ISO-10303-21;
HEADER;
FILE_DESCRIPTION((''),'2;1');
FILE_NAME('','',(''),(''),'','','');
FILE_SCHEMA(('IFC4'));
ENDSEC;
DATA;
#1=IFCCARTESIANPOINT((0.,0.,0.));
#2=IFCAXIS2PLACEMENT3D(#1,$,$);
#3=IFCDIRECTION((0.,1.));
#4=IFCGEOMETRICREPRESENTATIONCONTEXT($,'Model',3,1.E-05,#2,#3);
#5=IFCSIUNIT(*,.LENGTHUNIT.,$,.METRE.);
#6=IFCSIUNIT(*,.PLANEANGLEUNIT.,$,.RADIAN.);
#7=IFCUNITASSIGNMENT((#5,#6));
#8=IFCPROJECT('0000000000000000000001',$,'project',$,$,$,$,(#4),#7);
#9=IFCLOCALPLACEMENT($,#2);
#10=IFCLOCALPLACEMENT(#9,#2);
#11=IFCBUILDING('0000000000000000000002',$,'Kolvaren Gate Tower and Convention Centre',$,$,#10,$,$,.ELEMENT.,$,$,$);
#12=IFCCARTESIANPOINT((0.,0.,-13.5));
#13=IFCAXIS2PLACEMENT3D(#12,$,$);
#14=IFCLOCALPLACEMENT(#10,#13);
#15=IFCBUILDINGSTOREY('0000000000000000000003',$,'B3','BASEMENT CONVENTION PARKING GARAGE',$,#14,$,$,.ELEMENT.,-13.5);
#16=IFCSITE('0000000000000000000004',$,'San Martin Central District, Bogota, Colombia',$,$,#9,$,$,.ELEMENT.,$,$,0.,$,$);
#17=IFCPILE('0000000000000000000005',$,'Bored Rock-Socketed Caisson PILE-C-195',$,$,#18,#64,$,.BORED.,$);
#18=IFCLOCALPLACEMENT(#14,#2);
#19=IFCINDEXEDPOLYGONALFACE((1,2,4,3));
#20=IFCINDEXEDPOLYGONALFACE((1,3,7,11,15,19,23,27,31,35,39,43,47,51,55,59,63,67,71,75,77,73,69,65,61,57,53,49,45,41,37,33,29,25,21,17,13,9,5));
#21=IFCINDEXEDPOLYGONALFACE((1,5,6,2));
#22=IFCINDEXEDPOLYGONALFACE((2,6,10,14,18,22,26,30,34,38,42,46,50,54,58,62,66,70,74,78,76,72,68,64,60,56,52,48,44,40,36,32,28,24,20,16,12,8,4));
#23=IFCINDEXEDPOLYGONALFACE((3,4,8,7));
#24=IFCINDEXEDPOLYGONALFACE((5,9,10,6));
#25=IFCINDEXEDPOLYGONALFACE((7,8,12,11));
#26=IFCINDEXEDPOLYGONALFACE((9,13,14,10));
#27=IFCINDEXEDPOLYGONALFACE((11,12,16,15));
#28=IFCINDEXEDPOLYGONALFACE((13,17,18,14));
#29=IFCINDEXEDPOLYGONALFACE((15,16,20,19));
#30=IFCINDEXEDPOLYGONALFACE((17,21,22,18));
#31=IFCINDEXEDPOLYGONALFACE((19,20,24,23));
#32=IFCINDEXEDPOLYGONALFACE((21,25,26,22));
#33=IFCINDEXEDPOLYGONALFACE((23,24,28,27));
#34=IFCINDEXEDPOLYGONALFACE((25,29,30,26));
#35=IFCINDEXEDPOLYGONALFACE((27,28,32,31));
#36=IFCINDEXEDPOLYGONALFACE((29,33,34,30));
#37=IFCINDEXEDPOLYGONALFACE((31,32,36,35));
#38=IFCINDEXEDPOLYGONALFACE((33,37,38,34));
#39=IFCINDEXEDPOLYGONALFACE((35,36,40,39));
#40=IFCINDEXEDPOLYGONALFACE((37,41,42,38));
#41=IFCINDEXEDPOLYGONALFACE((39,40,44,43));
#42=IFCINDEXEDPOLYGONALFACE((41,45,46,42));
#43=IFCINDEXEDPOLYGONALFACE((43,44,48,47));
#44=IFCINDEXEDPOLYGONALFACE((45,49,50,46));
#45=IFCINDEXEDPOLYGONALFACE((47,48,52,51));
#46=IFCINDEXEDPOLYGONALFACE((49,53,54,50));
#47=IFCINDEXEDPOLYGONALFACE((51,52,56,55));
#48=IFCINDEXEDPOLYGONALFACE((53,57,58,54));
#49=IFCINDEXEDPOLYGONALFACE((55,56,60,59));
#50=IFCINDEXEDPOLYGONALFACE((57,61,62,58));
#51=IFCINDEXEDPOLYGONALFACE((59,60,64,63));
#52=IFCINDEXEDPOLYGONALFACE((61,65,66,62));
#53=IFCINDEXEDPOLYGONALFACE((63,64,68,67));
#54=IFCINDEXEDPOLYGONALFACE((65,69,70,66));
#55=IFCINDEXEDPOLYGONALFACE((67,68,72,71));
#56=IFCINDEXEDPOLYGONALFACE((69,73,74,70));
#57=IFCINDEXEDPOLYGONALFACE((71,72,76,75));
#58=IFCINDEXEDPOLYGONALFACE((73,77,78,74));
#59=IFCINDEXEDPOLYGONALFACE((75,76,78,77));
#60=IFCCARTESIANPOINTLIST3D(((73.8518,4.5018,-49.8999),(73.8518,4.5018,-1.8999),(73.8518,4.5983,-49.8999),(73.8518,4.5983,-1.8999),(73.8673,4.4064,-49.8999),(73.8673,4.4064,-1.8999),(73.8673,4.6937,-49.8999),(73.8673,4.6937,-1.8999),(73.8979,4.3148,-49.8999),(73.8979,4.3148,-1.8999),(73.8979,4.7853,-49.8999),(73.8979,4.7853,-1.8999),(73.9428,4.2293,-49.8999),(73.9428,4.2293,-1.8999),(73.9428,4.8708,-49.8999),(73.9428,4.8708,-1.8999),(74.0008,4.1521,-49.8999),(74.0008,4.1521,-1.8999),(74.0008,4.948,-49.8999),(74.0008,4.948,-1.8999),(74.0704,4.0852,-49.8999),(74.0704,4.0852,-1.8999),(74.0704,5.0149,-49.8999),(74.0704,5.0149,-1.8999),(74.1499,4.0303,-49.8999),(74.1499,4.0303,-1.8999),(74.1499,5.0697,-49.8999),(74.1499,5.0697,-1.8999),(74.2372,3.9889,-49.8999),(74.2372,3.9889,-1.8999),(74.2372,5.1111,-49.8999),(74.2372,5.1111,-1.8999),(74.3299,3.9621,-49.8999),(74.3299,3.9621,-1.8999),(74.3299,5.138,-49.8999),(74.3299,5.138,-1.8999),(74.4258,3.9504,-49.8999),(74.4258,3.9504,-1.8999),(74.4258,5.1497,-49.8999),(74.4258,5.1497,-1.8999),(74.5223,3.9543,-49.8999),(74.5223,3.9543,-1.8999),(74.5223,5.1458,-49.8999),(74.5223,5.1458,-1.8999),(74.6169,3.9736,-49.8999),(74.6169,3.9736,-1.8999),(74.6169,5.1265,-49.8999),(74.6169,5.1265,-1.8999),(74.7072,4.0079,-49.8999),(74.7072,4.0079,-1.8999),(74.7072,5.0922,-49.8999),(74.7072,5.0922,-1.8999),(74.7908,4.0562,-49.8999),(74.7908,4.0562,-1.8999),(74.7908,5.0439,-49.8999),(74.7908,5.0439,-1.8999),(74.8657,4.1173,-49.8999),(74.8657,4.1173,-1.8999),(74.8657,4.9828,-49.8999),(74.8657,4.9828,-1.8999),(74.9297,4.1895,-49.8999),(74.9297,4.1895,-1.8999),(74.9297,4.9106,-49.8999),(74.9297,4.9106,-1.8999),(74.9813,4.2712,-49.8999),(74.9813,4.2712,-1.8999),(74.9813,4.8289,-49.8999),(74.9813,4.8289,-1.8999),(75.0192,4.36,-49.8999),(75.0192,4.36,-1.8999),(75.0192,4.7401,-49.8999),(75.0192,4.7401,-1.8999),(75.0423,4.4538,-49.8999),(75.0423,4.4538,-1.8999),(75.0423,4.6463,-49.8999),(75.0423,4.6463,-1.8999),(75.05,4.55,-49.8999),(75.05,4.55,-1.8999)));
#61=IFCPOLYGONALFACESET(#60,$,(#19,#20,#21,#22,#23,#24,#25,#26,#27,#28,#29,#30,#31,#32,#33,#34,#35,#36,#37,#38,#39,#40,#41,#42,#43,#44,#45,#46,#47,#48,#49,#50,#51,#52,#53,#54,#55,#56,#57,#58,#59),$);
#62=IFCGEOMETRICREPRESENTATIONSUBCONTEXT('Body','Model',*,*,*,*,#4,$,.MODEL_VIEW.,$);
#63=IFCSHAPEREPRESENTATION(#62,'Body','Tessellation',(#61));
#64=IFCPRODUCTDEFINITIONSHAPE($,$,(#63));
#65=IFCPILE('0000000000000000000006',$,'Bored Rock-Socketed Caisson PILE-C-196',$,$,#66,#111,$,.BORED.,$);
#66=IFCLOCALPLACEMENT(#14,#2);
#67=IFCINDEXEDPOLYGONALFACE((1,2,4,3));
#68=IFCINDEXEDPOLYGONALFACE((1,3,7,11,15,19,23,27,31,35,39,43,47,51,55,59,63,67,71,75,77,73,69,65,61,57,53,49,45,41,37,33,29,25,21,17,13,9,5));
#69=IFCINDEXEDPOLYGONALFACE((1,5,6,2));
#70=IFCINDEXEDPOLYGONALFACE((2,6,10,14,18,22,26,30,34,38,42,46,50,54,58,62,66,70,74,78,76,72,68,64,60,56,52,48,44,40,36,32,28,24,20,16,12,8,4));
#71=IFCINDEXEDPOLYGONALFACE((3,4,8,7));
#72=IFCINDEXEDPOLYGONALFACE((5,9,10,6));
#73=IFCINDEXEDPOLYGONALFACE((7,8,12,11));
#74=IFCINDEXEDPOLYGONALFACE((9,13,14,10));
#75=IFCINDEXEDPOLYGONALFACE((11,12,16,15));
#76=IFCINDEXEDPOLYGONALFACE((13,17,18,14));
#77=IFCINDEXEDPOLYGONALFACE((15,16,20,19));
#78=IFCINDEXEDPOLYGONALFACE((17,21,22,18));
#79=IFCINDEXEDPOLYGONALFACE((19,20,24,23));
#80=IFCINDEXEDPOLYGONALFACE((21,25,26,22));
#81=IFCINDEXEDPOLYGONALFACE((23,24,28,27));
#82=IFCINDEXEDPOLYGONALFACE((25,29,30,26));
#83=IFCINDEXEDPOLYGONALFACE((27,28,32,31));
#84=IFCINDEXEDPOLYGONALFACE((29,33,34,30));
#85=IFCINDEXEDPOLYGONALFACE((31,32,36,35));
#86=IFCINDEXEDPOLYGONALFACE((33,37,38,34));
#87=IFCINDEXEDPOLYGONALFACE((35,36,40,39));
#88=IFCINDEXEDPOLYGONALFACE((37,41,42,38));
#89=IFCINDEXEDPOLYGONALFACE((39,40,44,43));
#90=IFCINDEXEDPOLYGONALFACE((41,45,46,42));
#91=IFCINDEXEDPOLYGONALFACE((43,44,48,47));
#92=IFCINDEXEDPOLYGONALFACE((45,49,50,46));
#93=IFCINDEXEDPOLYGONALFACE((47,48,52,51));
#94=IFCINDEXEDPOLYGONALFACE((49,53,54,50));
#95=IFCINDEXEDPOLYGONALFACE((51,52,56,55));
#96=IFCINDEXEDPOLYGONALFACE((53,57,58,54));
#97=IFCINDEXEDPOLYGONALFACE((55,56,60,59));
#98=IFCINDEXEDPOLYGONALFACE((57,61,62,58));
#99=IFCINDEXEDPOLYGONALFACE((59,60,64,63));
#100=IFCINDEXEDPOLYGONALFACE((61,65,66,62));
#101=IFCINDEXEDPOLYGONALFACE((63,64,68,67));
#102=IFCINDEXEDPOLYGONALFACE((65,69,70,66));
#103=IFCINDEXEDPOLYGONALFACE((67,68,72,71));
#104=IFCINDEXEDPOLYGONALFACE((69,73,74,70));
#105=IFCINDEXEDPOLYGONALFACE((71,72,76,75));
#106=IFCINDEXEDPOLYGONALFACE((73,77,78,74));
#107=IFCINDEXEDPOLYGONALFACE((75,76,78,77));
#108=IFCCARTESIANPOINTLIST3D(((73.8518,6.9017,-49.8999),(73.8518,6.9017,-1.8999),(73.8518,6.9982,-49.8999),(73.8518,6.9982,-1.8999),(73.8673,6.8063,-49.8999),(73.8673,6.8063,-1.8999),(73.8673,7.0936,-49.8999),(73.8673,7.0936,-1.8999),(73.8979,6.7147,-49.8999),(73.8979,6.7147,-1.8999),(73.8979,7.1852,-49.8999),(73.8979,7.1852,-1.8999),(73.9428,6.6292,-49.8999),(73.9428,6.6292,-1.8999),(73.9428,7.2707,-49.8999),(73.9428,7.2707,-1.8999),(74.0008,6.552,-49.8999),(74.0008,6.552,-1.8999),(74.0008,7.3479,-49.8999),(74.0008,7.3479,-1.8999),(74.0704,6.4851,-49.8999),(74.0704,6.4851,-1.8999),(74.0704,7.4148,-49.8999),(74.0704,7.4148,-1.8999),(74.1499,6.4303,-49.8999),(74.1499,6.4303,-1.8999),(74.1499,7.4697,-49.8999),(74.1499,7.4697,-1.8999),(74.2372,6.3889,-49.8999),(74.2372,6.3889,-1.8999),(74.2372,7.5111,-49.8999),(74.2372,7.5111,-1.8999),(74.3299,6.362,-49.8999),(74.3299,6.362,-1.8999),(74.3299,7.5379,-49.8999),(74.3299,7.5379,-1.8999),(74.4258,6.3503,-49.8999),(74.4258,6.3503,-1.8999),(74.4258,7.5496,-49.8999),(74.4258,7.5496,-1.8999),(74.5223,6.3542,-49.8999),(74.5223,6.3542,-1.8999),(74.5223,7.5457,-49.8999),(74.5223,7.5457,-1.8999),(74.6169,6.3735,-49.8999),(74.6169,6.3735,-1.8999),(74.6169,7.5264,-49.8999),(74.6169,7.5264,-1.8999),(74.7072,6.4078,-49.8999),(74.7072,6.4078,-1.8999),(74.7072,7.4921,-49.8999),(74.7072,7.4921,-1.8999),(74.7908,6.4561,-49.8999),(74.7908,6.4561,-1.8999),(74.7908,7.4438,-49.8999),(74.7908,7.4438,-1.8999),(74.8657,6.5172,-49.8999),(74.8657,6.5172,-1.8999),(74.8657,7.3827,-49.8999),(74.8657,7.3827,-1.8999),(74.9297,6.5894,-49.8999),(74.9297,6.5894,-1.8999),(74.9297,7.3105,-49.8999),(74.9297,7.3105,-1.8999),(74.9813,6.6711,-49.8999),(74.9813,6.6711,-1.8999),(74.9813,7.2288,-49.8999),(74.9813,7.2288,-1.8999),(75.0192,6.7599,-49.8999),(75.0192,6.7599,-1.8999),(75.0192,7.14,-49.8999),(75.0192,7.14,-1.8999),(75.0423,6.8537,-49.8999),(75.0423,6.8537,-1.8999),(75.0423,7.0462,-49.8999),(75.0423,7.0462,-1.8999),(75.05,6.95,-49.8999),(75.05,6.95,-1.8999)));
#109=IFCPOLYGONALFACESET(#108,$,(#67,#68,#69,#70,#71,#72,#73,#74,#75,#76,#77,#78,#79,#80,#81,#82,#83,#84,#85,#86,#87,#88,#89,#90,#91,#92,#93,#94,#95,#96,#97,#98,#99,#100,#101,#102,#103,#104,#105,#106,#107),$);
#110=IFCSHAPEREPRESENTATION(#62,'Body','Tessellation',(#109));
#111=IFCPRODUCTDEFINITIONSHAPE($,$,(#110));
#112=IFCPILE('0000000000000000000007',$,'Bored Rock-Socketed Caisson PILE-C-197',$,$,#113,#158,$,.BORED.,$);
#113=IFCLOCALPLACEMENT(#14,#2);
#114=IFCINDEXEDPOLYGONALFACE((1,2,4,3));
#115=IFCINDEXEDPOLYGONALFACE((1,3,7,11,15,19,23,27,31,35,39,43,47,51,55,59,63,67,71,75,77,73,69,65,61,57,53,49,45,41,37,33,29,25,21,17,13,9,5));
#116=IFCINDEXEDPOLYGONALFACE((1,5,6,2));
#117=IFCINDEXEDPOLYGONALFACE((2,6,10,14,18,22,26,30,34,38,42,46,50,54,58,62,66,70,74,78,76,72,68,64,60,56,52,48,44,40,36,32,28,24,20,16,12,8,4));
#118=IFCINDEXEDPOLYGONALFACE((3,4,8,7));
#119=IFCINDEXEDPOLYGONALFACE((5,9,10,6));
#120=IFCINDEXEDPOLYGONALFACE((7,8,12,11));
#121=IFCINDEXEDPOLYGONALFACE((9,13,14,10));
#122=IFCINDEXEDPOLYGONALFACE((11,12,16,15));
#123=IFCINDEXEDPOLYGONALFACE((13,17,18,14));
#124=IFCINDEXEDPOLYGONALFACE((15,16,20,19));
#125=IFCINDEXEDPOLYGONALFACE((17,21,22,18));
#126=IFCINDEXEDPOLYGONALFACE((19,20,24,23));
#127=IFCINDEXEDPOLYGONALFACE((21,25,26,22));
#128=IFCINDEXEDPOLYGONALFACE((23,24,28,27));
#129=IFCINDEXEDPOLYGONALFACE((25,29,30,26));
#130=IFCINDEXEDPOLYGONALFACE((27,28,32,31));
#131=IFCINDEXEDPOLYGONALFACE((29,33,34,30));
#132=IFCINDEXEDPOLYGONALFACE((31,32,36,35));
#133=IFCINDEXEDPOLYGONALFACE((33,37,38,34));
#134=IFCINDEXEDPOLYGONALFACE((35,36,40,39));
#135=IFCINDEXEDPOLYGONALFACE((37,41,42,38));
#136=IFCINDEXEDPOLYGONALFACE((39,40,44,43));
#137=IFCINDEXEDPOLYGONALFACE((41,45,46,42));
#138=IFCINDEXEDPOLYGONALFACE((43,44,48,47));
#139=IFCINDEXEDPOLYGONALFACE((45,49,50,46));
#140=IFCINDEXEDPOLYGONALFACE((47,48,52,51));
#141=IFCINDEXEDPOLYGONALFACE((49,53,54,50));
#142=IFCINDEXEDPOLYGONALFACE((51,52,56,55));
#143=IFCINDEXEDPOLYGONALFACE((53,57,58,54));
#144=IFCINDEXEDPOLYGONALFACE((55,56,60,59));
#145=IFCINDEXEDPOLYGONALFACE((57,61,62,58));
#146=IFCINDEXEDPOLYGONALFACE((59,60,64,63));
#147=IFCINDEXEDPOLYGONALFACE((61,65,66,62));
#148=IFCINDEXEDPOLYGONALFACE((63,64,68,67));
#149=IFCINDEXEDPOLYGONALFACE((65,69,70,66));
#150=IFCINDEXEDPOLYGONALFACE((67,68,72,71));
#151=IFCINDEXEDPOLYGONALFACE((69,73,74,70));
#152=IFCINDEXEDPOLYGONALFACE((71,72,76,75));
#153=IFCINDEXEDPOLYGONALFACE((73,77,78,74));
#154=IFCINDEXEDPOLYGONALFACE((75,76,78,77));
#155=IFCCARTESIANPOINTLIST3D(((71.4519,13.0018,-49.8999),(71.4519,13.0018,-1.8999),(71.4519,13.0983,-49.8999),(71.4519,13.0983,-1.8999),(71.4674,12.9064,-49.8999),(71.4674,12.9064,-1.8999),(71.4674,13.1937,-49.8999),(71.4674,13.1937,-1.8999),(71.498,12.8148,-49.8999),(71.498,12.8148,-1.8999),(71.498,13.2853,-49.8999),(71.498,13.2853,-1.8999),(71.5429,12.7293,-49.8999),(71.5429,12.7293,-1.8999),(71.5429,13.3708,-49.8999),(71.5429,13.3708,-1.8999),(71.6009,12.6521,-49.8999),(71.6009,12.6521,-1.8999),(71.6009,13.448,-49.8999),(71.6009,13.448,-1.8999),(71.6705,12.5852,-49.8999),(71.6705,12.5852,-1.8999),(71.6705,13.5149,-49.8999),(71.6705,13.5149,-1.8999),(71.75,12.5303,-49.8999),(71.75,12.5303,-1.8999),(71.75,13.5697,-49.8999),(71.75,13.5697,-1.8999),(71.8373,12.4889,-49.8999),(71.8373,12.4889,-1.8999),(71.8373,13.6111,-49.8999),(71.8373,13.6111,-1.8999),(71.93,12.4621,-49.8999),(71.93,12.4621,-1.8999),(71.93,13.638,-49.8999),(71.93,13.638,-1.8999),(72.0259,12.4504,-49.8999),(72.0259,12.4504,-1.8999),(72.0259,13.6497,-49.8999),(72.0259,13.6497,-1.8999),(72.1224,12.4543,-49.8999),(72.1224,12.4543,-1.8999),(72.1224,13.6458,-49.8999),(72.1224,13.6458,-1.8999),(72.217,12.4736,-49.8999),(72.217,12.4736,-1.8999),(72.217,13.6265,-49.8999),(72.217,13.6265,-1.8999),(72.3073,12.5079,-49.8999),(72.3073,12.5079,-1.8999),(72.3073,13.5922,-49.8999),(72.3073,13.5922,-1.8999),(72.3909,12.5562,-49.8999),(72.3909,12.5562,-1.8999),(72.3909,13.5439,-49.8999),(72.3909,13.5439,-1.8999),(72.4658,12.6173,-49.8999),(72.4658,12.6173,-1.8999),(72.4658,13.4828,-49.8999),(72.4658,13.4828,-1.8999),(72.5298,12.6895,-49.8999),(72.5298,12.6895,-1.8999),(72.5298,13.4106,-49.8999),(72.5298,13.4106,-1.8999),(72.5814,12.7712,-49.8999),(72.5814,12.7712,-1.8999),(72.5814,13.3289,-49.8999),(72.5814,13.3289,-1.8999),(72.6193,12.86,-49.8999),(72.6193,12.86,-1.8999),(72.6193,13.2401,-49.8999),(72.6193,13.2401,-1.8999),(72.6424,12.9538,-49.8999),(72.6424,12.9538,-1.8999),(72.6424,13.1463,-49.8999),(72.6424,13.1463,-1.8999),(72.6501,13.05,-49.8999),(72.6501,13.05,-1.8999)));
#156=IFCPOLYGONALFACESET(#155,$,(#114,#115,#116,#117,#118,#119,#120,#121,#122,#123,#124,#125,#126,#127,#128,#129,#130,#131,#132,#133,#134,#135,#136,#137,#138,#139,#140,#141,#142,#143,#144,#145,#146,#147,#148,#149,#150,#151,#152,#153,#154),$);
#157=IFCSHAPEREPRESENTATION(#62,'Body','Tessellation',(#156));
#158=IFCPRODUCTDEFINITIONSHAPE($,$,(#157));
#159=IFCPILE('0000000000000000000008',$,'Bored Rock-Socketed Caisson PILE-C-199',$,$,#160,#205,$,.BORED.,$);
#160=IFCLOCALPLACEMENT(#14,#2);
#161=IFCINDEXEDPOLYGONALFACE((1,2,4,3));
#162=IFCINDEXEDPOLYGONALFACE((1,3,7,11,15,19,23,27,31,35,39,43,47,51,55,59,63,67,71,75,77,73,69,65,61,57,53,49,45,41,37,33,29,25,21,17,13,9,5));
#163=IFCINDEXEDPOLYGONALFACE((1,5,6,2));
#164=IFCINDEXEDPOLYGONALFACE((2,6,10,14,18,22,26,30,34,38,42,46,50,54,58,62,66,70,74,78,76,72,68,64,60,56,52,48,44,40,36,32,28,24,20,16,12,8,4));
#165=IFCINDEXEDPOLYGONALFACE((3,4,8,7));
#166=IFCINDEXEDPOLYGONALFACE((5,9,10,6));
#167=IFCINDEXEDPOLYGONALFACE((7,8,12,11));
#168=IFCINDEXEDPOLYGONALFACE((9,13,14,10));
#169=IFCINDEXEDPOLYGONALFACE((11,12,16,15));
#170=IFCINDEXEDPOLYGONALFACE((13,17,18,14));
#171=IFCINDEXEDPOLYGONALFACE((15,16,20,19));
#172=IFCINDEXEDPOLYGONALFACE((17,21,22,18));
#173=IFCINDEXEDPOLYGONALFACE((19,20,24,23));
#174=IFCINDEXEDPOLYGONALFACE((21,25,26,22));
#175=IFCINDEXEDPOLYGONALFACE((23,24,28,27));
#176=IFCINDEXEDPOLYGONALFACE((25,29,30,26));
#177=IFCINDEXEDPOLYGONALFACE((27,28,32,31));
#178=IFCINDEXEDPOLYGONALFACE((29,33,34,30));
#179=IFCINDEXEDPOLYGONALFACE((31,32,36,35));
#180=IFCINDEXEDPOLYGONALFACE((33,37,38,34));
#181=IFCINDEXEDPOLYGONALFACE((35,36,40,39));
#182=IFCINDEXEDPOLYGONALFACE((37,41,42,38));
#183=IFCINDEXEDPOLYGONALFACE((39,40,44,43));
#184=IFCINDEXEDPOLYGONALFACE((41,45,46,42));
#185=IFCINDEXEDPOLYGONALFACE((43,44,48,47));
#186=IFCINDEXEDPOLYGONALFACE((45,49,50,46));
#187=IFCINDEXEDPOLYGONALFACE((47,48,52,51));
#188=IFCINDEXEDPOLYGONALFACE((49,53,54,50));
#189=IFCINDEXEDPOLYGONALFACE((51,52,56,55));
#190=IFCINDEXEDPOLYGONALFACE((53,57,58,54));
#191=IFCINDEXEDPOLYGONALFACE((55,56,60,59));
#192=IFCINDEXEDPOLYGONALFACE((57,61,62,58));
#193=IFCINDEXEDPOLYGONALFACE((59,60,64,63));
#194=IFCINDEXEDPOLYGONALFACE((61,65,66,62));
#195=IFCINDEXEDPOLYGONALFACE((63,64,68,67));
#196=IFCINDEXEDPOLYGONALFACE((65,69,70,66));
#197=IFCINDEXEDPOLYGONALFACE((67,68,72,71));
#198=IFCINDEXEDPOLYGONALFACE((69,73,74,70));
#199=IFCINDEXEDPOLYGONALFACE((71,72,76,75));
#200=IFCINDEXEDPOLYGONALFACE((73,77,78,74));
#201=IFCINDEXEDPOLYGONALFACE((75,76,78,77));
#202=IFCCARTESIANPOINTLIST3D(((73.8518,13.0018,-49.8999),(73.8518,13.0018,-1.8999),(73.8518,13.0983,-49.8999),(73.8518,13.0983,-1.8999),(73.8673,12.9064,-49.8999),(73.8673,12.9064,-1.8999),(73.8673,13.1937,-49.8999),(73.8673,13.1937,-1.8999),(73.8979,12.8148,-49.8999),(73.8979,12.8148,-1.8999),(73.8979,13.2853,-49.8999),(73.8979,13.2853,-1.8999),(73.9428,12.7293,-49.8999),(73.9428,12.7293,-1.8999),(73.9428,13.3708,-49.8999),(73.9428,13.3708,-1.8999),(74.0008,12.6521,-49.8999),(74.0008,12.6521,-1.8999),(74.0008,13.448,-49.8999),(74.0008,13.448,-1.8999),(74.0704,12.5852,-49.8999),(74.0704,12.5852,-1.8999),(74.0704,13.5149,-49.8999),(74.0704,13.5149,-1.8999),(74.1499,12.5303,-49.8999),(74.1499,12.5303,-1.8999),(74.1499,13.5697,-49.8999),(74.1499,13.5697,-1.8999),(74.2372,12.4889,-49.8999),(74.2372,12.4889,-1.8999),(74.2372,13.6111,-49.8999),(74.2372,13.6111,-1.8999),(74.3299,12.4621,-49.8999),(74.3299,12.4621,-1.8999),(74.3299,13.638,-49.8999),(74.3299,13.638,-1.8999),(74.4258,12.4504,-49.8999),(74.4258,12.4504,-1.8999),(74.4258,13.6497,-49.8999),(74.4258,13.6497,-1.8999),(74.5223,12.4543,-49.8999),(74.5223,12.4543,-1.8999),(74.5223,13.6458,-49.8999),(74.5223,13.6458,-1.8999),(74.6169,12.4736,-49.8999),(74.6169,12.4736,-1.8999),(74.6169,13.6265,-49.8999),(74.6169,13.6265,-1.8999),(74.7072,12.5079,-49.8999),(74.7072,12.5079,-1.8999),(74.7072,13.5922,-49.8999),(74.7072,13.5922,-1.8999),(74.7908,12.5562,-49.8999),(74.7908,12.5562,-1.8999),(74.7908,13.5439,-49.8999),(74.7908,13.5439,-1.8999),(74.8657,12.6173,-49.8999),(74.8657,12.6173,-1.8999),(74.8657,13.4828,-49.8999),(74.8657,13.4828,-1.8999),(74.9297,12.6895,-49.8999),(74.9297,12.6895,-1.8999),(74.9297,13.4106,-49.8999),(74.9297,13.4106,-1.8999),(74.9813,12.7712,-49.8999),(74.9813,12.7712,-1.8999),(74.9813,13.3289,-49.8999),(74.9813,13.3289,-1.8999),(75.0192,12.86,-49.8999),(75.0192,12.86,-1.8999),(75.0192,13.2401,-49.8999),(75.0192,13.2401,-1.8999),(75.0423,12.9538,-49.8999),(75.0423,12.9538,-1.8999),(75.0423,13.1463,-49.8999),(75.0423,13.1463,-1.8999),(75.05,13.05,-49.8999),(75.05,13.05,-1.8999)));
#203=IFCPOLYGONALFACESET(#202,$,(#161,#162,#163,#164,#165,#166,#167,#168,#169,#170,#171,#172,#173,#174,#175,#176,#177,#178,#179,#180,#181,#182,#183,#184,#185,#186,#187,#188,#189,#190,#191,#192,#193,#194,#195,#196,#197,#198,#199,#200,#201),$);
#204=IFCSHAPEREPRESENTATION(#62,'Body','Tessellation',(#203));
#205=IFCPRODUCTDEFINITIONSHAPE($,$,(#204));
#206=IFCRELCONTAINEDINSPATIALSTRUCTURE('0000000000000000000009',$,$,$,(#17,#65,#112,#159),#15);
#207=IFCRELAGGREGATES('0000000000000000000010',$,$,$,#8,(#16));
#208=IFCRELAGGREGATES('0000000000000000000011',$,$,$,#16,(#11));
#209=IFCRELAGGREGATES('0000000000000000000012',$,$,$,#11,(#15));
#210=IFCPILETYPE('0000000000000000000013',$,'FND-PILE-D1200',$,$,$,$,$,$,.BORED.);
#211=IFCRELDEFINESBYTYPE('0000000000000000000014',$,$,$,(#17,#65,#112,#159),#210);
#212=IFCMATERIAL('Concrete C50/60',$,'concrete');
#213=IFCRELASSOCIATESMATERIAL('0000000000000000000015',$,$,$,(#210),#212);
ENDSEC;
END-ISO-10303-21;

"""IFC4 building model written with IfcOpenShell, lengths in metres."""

from ifc_helpers import new_model, si_unit, direction, frame, origin, origin_2d, place, context, subcontext, project, spatial, circle, extrude, material, material_profile, profile_set, type_object, element, save


model = new_model("IFC4")

# Units and contexts
model_context = context("Model", 3, precision=1e-05, world=origin(), true_north=direction((0.0, 1.0)))
body_context = subcontext(model_context, "Body", "Model", "MODEL_VIEW")
ifc_project = project(units=[si_unit("LENGTHUNIT", "METRE"), si_unit("PLANEANGLEUNIT", "RADIAN")], contexts=[model_context])

# Site, building, storey
site_placement = place(None, origin())
site = spatial("IfcSite", under=ifc_project, at=site_placement, Name="San Martin Central District, Bogota, Colombia", CompositionType="ELEMENT", RefElevation=0.0)
building_placement = place(site_placement, origin())
building = spatial("IfcBuilding", under=site, at=building_placement, Name="Kolvaren Gate Tower and Convention Centre", CompositionType="ELEMENT")
storey_placement = place(building_placement, frame((0.0, 0.0, -13.5)))
storey = spatial("IfcBuildingStorey", under=building, at=storey_placement, Name="B3", Description="BASEMENT CONVENTION PARKING GARAGE", CompositionType="ELEMENT", Elevation=-13.5)

# Shared definitions
ifc_material_1 = material(Name="Concrete C50/60", Category="concrete")

# Piles
ifc_material_profile_1 = material_profile(ifc_material_1, circle(Radius=0.6001, at=origin_2d()), Name="CAISSON-D1200")
ifc_profile_set_1 = profile_set([ifc_material_profile_1], Name="Concrete C50/60")
pile_type = type_object("IfcPileType", Name="FND-PILE-D1200", PredefinedType="BORED", material=ifc_profile_set_1)
for number, where, z_axis, x_axis, name in (
    (1, (74.45, 4.55, -1.8999), (0.0, 0.0, -1.0), (1.0, 0.0, 0.0), "Bored Rock-Socketed Caisson PILE-C-195"),
    (2, (74.45, 6.95, -1.8999), (0.0, 0.0, -1.0), (1.0, 0.0, 0.0), "Bored Rock-Socketed Caisson PILE-C-196"),
    (3, (72.05, 13.05, -1.8999), (0.0, 0.0, -1.0), (1.0, 0.0, 0.0), "Bored Rock-Socketed Caisson PILE-C-197"),
    (4, (74.45, 13.05, -1.8999), (0.0, 0.0, -1.0), (1.0, 0.0, 0.0), "Bored Rock-Socketed Caisson PILE-C-199"),
):
    element("IfcPile", number, at=place(storey_placement, frame(where, z_axis=z_axis, x_axis=x_axis)), inside=storey, type_object=pile_type, Name=name, PredefinedType="BORED", context=body_context, shape_type="SweptSolid", body=[
        extrude(circle(Radius=0.6001, at=origin_2d()), origin(), (0.0, 0.0, 1.0), 48.0),
    ])

save(model, "model.ifc")
